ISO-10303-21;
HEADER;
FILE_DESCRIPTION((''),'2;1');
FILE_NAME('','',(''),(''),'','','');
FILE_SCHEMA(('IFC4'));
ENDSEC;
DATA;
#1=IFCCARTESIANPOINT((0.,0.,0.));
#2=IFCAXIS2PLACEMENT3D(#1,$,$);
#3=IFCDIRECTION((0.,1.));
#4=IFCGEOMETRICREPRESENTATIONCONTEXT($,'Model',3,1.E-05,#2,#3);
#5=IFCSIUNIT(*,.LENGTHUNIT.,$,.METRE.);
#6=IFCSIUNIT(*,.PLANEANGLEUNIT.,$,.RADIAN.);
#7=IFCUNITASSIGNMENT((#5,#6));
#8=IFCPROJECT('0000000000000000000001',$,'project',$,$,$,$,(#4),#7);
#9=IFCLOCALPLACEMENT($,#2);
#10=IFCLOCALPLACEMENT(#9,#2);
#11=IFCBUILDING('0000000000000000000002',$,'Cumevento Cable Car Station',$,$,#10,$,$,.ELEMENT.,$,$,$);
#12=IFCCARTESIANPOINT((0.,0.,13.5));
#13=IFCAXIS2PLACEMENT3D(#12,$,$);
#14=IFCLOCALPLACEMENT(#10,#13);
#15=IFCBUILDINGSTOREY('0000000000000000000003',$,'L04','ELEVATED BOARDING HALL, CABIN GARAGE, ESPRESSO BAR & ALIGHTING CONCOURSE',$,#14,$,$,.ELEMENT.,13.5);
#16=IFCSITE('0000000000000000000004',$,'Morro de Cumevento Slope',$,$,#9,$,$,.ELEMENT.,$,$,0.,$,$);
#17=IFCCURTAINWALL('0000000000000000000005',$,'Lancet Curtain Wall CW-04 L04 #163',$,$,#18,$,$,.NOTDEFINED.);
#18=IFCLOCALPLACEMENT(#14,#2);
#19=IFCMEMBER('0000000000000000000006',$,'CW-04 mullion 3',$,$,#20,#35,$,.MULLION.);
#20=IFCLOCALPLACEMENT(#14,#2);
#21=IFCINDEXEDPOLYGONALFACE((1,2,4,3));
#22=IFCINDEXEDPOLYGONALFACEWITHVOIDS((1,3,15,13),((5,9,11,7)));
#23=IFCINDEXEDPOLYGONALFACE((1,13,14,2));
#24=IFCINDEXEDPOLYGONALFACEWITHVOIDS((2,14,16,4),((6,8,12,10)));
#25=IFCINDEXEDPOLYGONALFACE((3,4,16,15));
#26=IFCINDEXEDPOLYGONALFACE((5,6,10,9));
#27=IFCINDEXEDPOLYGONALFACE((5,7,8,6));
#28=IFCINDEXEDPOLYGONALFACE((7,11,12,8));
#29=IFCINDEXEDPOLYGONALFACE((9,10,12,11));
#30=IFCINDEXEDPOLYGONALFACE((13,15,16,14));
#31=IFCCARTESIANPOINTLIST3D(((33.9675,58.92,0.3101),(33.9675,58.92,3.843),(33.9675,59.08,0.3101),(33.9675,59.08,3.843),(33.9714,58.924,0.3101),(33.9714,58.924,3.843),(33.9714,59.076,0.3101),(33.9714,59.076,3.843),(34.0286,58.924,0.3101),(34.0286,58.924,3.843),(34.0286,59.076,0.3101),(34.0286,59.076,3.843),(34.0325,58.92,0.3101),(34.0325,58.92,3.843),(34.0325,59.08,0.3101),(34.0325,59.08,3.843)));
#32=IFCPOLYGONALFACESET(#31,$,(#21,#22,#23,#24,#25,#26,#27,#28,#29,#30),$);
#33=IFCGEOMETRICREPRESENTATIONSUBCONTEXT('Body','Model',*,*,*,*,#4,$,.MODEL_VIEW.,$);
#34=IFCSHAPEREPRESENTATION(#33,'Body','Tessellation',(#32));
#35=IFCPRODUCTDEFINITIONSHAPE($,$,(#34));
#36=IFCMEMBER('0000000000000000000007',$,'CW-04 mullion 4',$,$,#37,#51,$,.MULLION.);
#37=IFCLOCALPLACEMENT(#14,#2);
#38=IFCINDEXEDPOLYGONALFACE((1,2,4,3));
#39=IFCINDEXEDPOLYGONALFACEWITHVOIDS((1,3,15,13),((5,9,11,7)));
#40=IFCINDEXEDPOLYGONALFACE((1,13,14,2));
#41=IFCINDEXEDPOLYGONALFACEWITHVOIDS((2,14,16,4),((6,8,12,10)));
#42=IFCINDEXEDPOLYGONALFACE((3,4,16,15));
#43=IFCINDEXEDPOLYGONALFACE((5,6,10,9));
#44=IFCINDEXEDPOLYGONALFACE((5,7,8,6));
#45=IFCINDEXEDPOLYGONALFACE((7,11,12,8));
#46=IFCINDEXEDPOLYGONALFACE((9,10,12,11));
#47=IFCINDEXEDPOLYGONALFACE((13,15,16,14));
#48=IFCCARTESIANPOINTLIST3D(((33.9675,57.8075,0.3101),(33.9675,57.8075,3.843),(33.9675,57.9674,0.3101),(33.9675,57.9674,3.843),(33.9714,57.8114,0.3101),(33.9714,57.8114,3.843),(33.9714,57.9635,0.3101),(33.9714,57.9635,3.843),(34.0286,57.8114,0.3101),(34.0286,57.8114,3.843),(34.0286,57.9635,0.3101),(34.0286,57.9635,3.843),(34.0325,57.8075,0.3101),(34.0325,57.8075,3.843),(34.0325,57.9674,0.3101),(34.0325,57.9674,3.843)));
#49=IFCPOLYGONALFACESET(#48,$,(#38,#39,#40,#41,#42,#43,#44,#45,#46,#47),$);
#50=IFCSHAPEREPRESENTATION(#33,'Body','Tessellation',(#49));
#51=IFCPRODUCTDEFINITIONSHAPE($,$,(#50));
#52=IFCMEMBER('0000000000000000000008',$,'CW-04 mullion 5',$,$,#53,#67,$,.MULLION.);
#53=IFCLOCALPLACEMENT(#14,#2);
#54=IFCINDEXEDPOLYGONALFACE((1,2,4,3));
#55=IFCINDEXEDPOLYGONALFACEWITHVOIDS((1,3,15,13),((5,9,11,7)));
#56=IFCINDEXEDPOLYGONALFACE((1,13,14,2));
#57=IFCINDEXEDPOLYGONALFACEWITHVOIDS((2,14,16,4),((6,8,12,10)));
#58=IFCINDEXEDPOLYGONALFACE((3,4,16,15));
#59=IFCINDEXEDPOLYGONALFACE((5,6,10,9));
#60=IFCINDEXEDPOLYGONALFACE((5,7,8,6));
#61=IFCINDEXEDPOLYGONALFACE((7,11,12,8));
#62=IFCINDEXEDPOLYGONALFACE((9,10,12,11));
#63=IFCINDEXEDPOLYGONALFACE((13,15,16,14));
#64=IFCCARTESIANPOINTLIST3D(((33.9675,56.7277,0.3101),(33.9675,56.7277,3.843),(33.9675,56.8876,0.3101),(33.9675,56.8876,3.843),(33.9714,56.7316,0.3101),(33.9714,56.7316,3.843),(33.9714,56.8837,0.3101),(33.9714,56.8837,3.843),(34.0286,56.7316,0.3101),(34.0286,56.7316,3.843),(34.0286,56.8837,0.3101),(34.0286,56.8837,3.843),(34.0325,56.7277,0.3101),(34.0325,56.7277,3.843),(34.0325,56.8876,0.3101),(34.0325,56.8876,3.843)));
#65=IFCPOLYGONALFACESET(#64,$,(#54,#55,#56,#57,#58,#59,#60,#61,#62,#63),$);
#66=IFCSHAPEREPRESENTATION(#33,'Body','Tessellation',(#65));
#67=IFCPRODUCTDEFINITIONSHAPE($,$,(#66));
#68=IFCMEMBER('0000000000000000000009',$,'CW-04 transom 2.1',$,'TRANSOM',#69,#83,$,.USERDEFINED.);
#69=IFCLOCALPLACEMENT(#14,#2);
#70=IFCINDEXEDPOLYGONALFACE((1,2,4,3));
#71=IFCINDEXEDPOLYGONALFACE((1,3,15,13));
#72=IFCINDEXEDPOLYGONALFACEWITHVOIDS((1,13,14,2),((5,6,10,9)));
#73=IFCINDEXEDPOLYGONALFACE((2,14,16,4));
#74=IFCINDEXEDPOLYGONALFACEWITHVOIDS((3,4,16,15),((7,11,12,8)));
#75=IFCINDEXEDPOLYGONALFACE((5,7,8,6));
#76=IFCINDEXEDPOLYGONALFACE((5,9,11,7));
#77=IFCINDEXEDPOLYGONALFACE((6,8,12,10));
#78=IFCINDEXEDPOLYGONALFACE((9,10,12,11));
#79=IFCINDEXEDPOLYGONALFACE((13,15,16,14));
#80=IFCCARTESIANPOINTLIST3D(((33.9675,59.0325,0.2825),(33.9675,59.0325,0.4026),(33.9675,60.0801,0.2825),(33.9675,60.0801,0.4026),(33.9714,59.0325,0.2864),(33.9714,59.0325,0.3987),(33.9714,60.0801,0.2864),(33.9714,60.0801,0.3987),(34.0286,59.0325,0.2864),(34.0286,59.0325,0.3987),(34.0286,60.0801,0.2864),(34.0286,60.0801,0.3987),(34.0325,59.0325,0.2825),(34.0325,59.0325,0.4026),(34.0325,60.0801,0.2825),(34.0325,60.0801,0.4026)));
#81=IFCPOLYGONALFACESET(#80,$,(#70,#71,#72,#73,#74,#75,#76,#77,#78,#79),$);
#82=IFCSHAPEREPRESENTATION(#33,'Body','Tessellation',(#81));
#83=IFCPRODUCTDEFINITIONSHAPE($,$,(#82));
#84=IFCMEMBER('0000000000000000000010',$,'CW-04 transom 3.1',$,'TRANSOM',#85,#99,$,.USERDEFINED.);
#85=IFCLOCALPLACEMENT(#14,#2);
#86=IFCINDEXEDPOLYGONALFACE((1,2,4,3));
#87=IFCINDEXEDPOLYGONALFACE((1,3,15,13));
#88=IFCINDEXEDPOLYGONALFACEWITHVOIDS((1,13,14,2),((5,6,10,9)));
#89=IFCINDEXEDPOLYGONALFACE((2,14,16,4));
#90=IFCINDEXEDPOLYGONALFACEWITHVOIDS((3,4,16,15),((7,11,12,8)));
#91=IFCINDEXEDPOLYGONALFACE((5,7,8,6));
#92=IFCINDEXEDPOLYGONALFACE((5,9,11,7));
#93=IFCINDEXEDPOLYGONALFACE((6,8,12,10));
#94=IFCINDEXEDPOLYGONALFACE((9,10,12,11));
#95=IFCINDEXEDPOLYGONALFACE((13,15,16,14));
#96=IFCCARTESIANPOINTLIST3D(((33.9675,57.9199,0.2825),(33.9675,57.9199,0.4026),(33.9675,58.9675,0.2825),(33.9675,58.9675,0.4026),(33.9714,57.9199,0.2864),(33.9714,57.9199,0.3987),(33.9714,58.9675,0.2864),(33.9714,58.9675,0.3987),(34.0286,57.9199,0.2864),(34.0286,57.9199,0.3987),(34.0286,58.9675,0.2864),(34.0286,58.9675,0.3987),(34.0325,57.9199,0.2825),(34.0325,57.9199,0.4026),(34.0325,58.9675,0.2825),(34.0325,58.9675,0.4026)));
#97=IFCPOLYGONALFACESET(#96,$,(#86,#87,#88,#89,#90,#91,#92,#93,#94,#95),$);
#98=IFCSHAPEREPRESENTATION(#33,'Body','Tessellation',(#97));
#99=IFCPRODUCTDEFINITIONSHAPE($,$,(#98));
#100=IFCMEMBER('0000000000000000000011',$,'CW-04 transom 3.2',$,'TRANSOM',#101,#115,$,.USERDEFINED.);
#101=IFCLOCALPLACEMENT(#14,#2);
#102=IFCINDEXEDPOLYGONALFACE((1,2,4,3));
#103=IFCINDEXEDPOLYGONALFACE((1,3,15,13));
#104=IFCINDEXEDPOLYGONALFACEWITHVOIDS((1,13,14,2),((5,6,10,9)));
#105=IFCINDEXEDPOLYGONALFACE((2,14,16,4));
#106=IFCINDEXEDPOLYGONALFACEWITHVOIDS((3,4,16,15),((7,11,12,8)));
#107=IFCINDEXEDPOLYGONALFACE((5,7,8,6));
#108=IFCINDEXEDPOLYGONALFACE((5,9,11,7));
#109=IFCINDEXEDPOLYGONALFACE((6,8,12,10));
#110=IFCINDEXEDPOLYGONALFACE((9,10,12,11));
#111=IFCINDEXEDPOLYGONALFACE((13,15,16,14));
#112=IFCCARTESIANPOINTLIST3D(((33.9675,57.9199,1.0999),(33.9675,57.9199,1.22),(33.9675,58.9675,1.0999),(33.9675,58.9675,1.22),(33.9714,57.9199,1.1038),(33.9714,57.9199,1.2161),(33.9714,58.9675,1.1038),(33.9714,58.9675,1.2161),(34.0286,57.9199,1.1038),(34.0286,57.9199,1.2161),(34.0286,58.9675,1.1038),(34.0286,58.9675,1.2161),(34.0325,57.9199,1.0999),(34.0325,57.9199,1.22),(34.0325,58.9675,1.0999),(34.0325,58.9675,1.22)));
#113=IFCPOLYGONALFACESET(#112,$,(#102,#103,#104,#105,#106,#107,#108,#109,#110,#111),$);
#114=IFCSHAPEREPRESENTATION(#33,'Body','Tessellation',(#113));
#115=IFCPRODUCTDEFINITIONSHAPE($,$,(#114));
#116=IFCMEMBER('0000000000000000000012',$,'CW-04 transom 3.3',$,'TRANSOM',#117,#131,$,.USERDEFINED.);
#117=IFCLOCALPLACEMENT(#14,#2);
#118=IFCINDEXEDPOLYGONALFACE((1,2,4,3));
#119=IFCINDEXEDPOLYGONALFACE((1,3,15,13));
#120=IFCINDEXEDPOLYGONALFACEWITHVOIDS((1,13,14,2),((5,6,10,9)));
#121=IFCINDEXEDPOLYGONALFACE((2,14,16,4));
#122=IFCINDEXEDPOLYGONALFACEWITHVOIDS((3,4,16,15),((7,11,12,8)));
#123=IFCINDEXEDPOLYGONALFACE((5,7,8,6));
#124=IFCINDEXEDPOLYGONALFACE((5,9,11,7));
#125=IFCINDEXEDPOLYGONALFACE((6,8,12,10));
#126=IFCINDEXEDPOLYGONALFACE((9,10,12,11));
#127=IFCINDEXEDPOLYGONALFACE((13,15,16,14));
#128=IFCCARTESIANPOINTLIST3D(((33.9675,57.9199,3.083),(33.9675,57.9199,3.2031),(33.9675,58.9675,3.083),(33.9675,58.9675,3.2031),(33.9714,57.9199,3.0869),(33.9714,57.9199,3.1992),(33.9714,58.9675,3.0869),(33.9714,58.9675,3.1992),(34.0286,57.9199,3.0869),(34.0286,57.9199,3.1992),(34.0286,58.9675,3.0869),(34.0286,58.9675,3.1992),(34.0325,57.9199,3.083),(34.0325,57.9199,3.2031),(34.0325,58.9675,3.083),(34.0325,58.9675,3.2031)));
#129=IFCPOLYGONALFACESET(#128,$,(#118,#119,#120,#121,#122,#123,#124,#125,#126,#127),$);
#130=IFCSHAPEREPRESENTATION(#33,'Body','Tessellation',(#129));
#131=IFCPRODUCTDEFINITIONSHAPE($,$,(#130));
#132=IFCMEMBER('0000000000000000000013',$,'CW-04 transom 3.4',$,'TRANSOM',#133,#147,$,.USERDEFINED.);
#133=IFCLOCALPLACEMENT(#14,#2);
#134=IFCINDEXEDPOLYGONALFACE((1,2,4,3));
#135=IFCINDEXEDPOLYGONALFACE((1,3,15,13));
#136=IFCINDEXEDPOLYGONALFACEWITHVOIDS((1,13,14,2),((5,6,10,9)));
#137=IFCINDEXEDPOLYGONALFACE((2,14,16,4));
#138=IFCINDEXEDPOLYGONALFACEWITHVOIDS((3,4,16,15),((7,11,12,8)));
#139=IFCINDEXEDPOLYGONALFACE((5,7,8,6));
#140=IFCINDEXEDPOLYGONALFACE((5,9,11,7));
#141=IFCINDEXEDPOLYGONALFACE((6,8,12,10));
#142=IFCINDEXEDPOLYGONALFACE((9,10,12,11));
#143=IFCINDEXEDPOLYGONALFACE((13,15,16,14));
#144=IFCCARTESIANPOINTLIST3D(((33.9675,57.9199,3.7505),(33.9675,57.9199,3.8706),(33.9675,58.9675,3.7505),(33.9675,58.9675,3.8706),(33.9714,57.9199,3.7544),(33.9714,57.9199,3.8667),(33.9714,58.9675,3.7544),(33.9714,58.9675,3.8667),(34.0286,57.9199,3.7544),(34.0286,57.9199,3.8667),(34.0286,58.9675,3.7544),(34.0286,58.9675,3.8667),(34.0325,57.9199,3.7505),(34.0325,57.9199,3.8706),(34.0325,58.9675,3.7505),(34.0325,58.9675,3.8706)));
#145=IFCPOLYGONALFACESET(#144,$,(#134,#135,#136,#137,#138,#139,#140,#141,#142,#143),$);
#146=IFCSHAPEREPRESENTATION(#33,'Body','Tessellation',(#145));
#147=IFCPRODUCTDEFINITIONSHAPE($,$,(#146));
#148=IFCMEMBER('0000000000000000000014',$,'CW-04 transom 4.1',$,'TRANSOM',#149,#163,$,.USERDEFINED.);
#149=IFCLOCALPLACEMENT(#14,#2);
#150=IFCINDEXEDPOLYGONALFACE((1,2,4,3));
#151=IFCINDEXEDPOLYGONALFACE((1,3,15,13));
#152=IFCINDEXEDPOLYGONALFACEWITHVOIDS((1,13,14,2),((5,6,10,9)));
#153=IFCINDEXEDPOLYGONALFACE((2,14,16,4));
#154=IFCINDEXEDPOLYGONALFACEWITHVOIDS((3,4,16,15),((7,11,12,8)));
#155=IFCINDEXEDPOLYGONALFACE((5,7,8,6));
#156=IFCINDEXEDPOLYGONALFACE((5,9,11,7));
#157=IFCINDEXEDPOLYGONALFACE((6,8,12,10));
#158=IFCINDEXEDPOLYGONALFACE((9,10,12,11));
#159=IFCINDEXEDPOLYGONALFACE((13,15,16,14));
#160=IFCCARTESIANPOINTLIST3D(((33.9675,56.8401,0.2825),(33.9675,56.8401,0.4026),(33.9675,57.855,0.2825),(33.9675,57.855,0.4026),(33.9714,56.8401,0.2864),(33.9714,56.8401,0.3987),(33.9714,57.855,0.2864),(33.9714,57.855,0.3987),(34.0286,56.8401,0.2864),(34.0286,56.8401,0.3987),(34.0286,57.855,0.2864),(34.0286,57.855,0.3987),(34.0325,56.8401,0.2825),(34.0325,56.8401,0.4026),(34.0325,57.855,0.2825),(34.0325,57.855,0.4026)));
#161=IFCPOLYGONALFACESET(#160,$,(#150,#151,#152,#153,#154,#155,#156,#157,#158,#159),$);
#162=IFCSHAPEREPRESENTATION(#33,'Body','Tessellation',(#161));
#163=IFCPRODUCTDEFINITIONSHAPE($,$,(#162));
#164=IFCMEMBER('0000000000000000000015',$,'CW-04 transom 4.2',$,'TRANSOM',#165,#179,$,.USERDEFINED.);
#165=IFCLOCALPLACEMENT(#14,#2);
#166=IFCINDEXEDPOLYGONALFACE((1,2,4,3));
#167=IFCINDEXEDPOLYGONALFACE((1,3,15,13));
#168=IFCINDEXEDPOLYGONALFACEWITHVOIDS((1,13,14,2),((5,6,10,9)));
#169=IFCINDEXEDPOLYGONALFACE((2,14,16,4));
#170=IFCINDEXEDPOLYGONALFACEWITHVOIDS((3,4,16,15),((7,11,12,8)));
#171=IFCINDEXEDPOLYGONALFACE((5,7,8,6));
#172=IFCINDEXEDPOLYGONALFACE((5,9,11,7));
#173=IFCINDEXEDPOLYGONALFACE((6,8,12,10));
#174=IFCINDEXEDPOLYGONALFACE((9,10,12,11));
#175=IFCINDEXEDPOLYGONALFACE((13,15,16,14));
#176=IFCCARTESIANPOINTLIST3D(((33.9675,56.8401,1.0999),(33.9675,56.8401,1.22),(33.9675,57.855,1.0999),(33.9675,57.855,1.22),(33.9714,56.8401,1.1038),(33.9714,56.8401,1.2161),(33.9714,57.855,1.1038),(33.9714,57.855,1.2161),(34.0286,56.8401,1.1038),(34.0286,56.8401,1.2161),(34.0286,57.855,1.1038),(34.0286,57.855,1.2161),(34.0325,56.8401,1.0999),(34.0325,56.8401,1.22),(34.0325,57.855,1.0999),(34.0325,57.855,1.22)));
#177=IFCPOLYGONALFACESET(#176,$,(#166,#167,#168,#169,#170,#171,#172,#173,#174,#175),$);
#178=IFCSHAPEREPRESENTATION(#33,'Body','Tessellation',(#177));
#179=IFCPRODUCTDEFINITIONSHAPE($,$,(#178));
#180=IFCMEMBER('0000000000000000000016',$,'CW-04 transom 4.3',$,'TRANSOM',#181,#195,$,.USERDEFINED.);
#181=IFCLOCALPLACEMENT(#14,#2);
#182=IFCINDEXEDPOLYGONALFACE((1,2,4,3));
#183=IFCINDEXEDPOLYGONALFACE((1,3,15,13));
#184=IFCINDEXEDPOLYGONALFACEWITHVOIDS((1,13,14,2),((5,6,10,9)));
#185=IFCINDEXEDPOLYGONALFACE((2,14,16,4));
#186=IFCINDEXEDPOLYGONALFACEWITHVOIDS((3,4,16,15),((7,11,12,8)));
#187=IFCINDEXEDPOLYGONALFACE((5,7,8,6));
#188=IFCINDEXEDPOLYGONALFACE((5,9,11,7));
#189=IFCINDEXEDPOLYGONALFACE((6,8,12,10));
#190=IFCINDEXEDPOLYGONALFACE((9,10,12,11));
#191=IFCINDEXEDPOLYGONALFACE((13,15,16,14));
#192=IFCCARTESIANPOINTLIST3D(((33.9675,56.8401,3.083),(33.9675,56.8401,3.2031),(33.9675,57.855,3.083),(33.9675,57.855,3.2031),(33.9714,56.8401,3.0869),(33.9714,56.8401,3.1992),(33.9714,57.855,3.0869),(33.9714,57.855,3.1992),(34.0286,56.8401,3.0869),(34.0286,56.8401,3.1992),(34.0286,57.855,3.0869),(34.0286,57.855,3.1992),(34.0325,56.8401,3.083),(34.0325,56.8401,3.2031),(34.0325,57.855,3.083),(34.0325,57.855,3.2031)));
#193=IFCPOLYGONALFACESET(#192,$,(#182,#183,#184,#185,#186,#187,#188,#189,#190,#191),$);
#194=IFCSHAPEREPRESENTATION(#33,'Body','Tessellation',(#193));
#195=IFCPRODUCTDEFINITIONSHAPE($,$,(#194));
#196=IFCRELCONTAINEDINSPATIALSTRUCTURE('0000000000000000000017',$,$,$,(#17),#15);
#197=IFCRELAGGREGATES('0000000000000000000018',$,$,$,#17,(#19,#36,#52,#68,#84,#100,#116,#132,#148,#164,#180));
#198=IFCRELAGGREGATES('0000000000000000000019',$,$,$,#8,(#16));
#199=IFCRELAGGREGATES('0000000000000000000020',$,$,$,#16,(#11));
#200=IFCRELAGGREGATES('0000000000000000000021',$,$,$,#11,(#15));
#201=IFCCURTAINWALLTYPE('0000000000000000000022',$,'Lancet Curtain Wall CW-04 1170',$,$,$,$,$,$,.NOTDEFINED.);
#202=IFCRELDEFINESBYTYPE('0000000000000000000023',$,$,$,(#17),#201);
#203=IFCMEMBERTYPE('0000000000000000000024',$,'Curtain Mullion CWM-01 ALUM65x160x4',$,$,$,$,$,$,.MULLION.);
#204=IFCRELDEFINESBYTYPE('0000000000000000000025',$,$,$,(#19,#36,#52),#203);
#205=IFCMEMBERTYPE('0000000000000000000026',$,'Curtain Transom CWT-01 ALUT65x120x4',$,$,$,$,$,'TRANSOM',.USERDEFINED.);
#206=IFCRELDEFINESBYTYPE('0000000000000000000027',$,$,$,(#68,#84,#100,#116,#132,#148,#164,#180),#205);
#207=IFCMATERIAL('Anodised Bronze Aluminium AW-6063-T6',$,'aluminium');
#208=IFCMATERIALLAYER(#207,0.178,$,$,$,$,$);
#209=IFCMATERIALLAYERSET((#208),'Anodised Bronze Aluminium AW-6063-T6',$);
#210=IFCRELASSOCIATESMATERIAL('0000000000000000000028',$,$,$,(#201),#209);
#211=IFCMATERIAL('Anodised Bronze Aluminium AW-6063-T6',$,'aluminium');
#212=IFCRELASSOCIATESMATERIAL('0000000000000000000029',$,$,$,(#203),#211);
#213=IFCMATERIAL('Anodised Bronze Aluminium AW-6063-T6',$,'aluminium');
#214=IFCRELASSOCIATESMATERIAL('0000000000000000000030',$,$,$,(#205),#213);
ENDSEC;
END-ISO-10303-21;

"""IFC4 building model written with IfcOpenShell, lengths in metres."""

from ifc_helpers import new_model, si_unit, direction, frame, origin, origin_2d, place, context, subcontext, project, spatial, hollow_rectangle, extrude, material, layer, layer_set, material_profile, profile_set, type_object, element, aggregate, save


model = new_model("IFC4")

# Units and contexts
model_context = context("Model", 3, precision=1e-05, world=origin(), true_north=direction((0.0, 1.0)))
body_context = subcontext(model_context, "Body", "Model", "MODEL_VIEW")
ifc_project = project(units=[si_unit("LENGTHUNIT", "METRE"), si_unit("PLANEANGLEUNIT", "RADIAN")], contexts=[model_context])

# Site, building, storey
site_placement = place(None, origin())
site = spatial("IfcSite", under=ifc_project, at=site_placement, Name="Morro de Cumevento Slope", CompositionType="ELEMENT", RefElevation=0.0)
building_placement = place(site_placement, origin())
building = spatial("IfcBuilding", under=site, at=building_placement, Name="Cumevento Cable Car Station", CompositionType="ELEMENT")
storey_placement = place(building_placement, frame((0.0, 0.0, 13.5)))
storey = spatial("IfcBuildingStorey", under=building, at=storey_placement, Name="L04", Description="ELEVATED BOARDING HALL, CABIN GARAGE, ESPRESSO BAR & ALIGHTING CONCOURSE", CompositionType="ELEMENT", Elevation=13.5)

# Curtain wall, members
ifc_material_1 = material(Name="Anodised Bronze Aluminium AW-6063-T6", Category="aluminium")
ifc_layer_1 = layer(ifc_material_1, 0.178)
ifc_layer_set_1 = layer_set([ifc_layer_1], Name="Anodised Bronze Aluminium AW-6063-T6")
curtain_wall_type = type_object("IfcCurtainWallType", Name="Lancet Curtain Wall CW-04 1170", PredefinedType="NOTDEFINED", material=ifc_layer_set_1)
curtain_wall_placement = place(storey_placement, origin())
curtain_wall = element("IfcCurtainWall", 1, at=curtain_wall_placement, inside=storey, type_object=curtain_wall_type, Name="Lancet Curtain Wall CW-04 L04 #163", PredefinedType="NOTDEFINED")
ifc_material_2 = material(Name="Anodised Bronze Aluminium AW-6063-T6", Category="aluminium")
ifc_material_profile_1 = material_profile(ifc_material_2, hollow_rectangle(XDim=0.0649, YDim=0.1599, WallThickness=0.0039, at=origin_2d()), Name="ALUM65x160x4")
ifc_profile_set_1 = profile_set([ifc_material_profile_1], Name="Anodised Bronze Aluminium AW-6063-T6")
member_type_1 = type_object("IfcMemberType", Name="Curtain Mullion CWM-01 ALUM65x160x4", PredefinedType="MULLION", material=ifc_profile_set_1)
member_1_placement = place(storey_placement, frame((34.0, 59.0, 0.3101), z_axis=(0.0, 0.0, 1.0), x_axis=(1.0, 0.0, 0.0)))
member_1 = element("IfcMember", 2, at=member_1_placement, type_object=member_type_1, Name="CW-04 mullion 3", PredefinedType="MULLION", context=body_context, shape_type="SweptSolid", body=[
    extrude(hollow_rectangle(XDim=0.0649, YDim=0.1599, WallThickness=0.0039, at=origin_2d()), origin(), (0.0, 0.0, 1.0), 3.533),
])
member_2_placement = place(storey_placement, frame((34.0, 57.8875, 0.3101), z_axis=(0.0, 0.0, 1.0), x_axis=(1.0, 0.0, 0.0)))
member_2 = element("IfcMember", 3, at=member_2_placement, type_object=member_type_1, Name="CW-04 mullion 4", PredefinedType="MULLION", context=body_context, shape_type="SweptSolid", body=[
    extrude(hollow_rectangle(XDim=0.0649, YDim=0.1599, WallThickness=0.0039, at=origin_2d()), origin(), (0.0, 0.0, 1.0), 3.533),
])
member_3_placement = place(storey_placement, frame((34.0, 56.8076, 0.3101), z_axis=(0.0, 0.0, 1.0), x_axis=(1.0, 0.0, 0.0)))
member_3 = element("IfcMember", 4, at=member_3_placement, type_object=member_type_1, Name="CW-04 mullion 5", PredefinedType="MULLION", context=body_context, shape_type="SweptSolid", body=[
    extrude(hollow_rectangle(XDim=0.0649, YDim=0.1599, WallThickness=0.0039, at=origin_2d()), origin(), (0.0, 0.0, 1.0), 3.533),
])
ifc_material_3 = material(Name="Anodised Bronze Aluminium AW-6063-T6", Category="aluminium")
ifc_material_profile_2 = material_profile(ifc_material_3, hollow_rectangle(XDim=0.0649, YDim=0.1201, WallThickness=0.0039, at=origin_2d()), Name="ALUT65x120x4")
ifc_profile_set_2 = profile_set([ifc_material_profile_2], Name="Anodised Bronze Aluminium AW-6063-T6")
member_type_2 = type_object("IfcMemberType", Name="Curtain Transom CWT-01 ALUT65x120x4", ElementType="TRANSOM", PredefinedType="USERDEFINED", material=ifc_profile_set_2)
member_4_placement = place(storey_placement, frame((34.0, 60.0801, 0.3425), z_axis=(0.0, -1.0, 0.0), x_axis=(1.0, 0.0, 0.0)))
member_4 = element("IfcMember", 5, at=member_4_placement, type_object=member_type_2, Name="CW-04 transom 2.1", ObjectType="TRANSOM", PredefinedType="USERDEFINED", context=body_context, shape_type="SweptSolid", body=[
    extrude(hollow_rectangle(XDim=0.0649, YDim=0.1201, WallThickness=0.0039, at=origin_2d()), origin(), (0.0, 0.0, 1.0), 1.0476),
])
member_5_placement = place(storey_placement, frame((34.0, 58.9675, 0.3425), z_axis=(0.0, -1.0, 0.0), x_axis=(1.0, 0.0, 0.0)))
member_5 = element("IfcMember", 6, at=member_5_placement, type_object=member_type_2, Name="CW-04 transom 3.1", ObjectType="TRANSOM", PredefinedType="USERDEFINED", context=body_context, shape_type="SweptSolid", body=[
    extrude(hollow_rectangle(XDim=0.0649, YDim=0.1201, WallThickness=0.0039, at=origin_2d()), origin(), (0.0, 0.0, 1.0), 1.0476),
])
member_6_placement = place(storey_placement, frame((34.0, 58.9675, 1.1599), z_axis=(0.0, -1.0, 0.0), x_axis=(1.0, 0.0, 0.0)))
member_6 = element("IfcMember", 7, at=member_6_placement, type_object=member_type_2, Name="CW-04 transom 3.2", ObjectType="TRANSOM", PredefinedType="USERDEFINED", context=body_context, shape_type="SweptSolid", body=[
    extrude(hollow_rectangle(XDim=0.0649, YDim=0.1201, WallThickness=0.0039, at=origin_2d()), origin(), (0.0, 0.0, 1.0), 1.0476),
])
member_7_placement = place(storey_placement, frame((34.0, 58.9675, 3.1431), z_axis=(0.0, -1.0, 0.0), x_axis=(1.0, 0.0, 0.0)))
member_7 = element("IfcMember", 8, at=member_7_placement, type_object=member_type_2, Name="CW-04 transom 3.3", ObjectType="TRANSOM", PredefinedType="USERDEFINED", context=body_context, shape_type="SweptSolid", body=[
    extrude(hollow_rectangle(XDim=0.0649, YDim=0.1201, WallThickness=0.0039, at=origin_2d()), origin(), (0.0, 0.0, 1.0), 1.0476),
])
member_8_placement = place(storey_placement, frame((34.0, 58.9675, 3.8105), z_axis=(0.0, -1.0, 0.0), x_axis=(1.0, 0.0, 0.0)))
member_8 = element("IfcMember", 9, at=member_8_placement, type_object=member_type_2, Name="CW-04 transom 3.4", ObjectType="TRANSOM", PredefinedType="USERDEFINED", context=body_context, shape_type="SweptSolid", body=[
    extrude(hollow_rectangle(XDim=0.0649, YDim=0.1201, WallThickness=0.0039, at=origin_2d()), origin(), (0.0, 0.0, 1.0), 1.0476),
])
member_9_placement = place(storey_placement, frame((34.0, 57.855, 0.3425), z_axis=(0.0, -1.0, 0.0), x_axis=(1.0, 0.0, 0.0)))
member_9 = element("IfcMember", 10, at=member_9_placement, type_object=member_type_2, Name="CW-04 transom 4.1", ObjectType="TRANSOM", PredefinedType="USERDEFINED", context=body_context, shape_type="SweptSolid", body=[
    extrude(hollow_rectangle(XDim=0.0649, YDim=0.1201, WallThickness=0.0039, at=origin_2d()), origin(), (0.0, 0.0, 1.0), 1.0149),
])
member_10_placement = place(storey_placement, frame((34.0, 57.855, 1.1599), z_axis=(0.0, -1.0, 0.0), x_axis=(1.0, 0.0, 0.0)))
member_10 = element("IfcMember", 11, at=member_10_placement, type_object=member_type_2, Name="CW-04 transom 4.2", ObjectType="TRANSOM", PredefinedType="USERDEFINED", context=body_context, shape_type="SweptSolid", body=[
    extrude(hollow_rectangle(XDim=0.0649, YDim=0.1201, WallThickness=0.0039, at=origin_2d()), origin(), (0.0, 0.0, 1.0), 1.0149),
])
member_11_placement = place(storey_placement, frame((34.0, 57.855, 3.1431), z_axis=(0.0, -1.0, 0.0), x_axis=(1.0, 0.0, 0.0)))
member_11 = element("IfcMember", 12, at=member_11_placement, type_object=member_type_2, Name="CW-04 transom 4.3", ObjectType="TRANSOM", PredefinedType="USERDEFINED", context=body_context, shape_type="SweptSolid", body=[
    extrude(hollow_rectangle(XDim=0.0649, YDim=0.1201, WallThickness=0.0039, at=origin_2d()), origin(), (0.0, 0.0, 1.0), 1.0149),
])

aggregate(curtain_wall, [member_1, member_2, member_3, member_4, member_5, member_6, member_7, member_8, member_9, member_10, member_11])

save(model, "model.ifc")
